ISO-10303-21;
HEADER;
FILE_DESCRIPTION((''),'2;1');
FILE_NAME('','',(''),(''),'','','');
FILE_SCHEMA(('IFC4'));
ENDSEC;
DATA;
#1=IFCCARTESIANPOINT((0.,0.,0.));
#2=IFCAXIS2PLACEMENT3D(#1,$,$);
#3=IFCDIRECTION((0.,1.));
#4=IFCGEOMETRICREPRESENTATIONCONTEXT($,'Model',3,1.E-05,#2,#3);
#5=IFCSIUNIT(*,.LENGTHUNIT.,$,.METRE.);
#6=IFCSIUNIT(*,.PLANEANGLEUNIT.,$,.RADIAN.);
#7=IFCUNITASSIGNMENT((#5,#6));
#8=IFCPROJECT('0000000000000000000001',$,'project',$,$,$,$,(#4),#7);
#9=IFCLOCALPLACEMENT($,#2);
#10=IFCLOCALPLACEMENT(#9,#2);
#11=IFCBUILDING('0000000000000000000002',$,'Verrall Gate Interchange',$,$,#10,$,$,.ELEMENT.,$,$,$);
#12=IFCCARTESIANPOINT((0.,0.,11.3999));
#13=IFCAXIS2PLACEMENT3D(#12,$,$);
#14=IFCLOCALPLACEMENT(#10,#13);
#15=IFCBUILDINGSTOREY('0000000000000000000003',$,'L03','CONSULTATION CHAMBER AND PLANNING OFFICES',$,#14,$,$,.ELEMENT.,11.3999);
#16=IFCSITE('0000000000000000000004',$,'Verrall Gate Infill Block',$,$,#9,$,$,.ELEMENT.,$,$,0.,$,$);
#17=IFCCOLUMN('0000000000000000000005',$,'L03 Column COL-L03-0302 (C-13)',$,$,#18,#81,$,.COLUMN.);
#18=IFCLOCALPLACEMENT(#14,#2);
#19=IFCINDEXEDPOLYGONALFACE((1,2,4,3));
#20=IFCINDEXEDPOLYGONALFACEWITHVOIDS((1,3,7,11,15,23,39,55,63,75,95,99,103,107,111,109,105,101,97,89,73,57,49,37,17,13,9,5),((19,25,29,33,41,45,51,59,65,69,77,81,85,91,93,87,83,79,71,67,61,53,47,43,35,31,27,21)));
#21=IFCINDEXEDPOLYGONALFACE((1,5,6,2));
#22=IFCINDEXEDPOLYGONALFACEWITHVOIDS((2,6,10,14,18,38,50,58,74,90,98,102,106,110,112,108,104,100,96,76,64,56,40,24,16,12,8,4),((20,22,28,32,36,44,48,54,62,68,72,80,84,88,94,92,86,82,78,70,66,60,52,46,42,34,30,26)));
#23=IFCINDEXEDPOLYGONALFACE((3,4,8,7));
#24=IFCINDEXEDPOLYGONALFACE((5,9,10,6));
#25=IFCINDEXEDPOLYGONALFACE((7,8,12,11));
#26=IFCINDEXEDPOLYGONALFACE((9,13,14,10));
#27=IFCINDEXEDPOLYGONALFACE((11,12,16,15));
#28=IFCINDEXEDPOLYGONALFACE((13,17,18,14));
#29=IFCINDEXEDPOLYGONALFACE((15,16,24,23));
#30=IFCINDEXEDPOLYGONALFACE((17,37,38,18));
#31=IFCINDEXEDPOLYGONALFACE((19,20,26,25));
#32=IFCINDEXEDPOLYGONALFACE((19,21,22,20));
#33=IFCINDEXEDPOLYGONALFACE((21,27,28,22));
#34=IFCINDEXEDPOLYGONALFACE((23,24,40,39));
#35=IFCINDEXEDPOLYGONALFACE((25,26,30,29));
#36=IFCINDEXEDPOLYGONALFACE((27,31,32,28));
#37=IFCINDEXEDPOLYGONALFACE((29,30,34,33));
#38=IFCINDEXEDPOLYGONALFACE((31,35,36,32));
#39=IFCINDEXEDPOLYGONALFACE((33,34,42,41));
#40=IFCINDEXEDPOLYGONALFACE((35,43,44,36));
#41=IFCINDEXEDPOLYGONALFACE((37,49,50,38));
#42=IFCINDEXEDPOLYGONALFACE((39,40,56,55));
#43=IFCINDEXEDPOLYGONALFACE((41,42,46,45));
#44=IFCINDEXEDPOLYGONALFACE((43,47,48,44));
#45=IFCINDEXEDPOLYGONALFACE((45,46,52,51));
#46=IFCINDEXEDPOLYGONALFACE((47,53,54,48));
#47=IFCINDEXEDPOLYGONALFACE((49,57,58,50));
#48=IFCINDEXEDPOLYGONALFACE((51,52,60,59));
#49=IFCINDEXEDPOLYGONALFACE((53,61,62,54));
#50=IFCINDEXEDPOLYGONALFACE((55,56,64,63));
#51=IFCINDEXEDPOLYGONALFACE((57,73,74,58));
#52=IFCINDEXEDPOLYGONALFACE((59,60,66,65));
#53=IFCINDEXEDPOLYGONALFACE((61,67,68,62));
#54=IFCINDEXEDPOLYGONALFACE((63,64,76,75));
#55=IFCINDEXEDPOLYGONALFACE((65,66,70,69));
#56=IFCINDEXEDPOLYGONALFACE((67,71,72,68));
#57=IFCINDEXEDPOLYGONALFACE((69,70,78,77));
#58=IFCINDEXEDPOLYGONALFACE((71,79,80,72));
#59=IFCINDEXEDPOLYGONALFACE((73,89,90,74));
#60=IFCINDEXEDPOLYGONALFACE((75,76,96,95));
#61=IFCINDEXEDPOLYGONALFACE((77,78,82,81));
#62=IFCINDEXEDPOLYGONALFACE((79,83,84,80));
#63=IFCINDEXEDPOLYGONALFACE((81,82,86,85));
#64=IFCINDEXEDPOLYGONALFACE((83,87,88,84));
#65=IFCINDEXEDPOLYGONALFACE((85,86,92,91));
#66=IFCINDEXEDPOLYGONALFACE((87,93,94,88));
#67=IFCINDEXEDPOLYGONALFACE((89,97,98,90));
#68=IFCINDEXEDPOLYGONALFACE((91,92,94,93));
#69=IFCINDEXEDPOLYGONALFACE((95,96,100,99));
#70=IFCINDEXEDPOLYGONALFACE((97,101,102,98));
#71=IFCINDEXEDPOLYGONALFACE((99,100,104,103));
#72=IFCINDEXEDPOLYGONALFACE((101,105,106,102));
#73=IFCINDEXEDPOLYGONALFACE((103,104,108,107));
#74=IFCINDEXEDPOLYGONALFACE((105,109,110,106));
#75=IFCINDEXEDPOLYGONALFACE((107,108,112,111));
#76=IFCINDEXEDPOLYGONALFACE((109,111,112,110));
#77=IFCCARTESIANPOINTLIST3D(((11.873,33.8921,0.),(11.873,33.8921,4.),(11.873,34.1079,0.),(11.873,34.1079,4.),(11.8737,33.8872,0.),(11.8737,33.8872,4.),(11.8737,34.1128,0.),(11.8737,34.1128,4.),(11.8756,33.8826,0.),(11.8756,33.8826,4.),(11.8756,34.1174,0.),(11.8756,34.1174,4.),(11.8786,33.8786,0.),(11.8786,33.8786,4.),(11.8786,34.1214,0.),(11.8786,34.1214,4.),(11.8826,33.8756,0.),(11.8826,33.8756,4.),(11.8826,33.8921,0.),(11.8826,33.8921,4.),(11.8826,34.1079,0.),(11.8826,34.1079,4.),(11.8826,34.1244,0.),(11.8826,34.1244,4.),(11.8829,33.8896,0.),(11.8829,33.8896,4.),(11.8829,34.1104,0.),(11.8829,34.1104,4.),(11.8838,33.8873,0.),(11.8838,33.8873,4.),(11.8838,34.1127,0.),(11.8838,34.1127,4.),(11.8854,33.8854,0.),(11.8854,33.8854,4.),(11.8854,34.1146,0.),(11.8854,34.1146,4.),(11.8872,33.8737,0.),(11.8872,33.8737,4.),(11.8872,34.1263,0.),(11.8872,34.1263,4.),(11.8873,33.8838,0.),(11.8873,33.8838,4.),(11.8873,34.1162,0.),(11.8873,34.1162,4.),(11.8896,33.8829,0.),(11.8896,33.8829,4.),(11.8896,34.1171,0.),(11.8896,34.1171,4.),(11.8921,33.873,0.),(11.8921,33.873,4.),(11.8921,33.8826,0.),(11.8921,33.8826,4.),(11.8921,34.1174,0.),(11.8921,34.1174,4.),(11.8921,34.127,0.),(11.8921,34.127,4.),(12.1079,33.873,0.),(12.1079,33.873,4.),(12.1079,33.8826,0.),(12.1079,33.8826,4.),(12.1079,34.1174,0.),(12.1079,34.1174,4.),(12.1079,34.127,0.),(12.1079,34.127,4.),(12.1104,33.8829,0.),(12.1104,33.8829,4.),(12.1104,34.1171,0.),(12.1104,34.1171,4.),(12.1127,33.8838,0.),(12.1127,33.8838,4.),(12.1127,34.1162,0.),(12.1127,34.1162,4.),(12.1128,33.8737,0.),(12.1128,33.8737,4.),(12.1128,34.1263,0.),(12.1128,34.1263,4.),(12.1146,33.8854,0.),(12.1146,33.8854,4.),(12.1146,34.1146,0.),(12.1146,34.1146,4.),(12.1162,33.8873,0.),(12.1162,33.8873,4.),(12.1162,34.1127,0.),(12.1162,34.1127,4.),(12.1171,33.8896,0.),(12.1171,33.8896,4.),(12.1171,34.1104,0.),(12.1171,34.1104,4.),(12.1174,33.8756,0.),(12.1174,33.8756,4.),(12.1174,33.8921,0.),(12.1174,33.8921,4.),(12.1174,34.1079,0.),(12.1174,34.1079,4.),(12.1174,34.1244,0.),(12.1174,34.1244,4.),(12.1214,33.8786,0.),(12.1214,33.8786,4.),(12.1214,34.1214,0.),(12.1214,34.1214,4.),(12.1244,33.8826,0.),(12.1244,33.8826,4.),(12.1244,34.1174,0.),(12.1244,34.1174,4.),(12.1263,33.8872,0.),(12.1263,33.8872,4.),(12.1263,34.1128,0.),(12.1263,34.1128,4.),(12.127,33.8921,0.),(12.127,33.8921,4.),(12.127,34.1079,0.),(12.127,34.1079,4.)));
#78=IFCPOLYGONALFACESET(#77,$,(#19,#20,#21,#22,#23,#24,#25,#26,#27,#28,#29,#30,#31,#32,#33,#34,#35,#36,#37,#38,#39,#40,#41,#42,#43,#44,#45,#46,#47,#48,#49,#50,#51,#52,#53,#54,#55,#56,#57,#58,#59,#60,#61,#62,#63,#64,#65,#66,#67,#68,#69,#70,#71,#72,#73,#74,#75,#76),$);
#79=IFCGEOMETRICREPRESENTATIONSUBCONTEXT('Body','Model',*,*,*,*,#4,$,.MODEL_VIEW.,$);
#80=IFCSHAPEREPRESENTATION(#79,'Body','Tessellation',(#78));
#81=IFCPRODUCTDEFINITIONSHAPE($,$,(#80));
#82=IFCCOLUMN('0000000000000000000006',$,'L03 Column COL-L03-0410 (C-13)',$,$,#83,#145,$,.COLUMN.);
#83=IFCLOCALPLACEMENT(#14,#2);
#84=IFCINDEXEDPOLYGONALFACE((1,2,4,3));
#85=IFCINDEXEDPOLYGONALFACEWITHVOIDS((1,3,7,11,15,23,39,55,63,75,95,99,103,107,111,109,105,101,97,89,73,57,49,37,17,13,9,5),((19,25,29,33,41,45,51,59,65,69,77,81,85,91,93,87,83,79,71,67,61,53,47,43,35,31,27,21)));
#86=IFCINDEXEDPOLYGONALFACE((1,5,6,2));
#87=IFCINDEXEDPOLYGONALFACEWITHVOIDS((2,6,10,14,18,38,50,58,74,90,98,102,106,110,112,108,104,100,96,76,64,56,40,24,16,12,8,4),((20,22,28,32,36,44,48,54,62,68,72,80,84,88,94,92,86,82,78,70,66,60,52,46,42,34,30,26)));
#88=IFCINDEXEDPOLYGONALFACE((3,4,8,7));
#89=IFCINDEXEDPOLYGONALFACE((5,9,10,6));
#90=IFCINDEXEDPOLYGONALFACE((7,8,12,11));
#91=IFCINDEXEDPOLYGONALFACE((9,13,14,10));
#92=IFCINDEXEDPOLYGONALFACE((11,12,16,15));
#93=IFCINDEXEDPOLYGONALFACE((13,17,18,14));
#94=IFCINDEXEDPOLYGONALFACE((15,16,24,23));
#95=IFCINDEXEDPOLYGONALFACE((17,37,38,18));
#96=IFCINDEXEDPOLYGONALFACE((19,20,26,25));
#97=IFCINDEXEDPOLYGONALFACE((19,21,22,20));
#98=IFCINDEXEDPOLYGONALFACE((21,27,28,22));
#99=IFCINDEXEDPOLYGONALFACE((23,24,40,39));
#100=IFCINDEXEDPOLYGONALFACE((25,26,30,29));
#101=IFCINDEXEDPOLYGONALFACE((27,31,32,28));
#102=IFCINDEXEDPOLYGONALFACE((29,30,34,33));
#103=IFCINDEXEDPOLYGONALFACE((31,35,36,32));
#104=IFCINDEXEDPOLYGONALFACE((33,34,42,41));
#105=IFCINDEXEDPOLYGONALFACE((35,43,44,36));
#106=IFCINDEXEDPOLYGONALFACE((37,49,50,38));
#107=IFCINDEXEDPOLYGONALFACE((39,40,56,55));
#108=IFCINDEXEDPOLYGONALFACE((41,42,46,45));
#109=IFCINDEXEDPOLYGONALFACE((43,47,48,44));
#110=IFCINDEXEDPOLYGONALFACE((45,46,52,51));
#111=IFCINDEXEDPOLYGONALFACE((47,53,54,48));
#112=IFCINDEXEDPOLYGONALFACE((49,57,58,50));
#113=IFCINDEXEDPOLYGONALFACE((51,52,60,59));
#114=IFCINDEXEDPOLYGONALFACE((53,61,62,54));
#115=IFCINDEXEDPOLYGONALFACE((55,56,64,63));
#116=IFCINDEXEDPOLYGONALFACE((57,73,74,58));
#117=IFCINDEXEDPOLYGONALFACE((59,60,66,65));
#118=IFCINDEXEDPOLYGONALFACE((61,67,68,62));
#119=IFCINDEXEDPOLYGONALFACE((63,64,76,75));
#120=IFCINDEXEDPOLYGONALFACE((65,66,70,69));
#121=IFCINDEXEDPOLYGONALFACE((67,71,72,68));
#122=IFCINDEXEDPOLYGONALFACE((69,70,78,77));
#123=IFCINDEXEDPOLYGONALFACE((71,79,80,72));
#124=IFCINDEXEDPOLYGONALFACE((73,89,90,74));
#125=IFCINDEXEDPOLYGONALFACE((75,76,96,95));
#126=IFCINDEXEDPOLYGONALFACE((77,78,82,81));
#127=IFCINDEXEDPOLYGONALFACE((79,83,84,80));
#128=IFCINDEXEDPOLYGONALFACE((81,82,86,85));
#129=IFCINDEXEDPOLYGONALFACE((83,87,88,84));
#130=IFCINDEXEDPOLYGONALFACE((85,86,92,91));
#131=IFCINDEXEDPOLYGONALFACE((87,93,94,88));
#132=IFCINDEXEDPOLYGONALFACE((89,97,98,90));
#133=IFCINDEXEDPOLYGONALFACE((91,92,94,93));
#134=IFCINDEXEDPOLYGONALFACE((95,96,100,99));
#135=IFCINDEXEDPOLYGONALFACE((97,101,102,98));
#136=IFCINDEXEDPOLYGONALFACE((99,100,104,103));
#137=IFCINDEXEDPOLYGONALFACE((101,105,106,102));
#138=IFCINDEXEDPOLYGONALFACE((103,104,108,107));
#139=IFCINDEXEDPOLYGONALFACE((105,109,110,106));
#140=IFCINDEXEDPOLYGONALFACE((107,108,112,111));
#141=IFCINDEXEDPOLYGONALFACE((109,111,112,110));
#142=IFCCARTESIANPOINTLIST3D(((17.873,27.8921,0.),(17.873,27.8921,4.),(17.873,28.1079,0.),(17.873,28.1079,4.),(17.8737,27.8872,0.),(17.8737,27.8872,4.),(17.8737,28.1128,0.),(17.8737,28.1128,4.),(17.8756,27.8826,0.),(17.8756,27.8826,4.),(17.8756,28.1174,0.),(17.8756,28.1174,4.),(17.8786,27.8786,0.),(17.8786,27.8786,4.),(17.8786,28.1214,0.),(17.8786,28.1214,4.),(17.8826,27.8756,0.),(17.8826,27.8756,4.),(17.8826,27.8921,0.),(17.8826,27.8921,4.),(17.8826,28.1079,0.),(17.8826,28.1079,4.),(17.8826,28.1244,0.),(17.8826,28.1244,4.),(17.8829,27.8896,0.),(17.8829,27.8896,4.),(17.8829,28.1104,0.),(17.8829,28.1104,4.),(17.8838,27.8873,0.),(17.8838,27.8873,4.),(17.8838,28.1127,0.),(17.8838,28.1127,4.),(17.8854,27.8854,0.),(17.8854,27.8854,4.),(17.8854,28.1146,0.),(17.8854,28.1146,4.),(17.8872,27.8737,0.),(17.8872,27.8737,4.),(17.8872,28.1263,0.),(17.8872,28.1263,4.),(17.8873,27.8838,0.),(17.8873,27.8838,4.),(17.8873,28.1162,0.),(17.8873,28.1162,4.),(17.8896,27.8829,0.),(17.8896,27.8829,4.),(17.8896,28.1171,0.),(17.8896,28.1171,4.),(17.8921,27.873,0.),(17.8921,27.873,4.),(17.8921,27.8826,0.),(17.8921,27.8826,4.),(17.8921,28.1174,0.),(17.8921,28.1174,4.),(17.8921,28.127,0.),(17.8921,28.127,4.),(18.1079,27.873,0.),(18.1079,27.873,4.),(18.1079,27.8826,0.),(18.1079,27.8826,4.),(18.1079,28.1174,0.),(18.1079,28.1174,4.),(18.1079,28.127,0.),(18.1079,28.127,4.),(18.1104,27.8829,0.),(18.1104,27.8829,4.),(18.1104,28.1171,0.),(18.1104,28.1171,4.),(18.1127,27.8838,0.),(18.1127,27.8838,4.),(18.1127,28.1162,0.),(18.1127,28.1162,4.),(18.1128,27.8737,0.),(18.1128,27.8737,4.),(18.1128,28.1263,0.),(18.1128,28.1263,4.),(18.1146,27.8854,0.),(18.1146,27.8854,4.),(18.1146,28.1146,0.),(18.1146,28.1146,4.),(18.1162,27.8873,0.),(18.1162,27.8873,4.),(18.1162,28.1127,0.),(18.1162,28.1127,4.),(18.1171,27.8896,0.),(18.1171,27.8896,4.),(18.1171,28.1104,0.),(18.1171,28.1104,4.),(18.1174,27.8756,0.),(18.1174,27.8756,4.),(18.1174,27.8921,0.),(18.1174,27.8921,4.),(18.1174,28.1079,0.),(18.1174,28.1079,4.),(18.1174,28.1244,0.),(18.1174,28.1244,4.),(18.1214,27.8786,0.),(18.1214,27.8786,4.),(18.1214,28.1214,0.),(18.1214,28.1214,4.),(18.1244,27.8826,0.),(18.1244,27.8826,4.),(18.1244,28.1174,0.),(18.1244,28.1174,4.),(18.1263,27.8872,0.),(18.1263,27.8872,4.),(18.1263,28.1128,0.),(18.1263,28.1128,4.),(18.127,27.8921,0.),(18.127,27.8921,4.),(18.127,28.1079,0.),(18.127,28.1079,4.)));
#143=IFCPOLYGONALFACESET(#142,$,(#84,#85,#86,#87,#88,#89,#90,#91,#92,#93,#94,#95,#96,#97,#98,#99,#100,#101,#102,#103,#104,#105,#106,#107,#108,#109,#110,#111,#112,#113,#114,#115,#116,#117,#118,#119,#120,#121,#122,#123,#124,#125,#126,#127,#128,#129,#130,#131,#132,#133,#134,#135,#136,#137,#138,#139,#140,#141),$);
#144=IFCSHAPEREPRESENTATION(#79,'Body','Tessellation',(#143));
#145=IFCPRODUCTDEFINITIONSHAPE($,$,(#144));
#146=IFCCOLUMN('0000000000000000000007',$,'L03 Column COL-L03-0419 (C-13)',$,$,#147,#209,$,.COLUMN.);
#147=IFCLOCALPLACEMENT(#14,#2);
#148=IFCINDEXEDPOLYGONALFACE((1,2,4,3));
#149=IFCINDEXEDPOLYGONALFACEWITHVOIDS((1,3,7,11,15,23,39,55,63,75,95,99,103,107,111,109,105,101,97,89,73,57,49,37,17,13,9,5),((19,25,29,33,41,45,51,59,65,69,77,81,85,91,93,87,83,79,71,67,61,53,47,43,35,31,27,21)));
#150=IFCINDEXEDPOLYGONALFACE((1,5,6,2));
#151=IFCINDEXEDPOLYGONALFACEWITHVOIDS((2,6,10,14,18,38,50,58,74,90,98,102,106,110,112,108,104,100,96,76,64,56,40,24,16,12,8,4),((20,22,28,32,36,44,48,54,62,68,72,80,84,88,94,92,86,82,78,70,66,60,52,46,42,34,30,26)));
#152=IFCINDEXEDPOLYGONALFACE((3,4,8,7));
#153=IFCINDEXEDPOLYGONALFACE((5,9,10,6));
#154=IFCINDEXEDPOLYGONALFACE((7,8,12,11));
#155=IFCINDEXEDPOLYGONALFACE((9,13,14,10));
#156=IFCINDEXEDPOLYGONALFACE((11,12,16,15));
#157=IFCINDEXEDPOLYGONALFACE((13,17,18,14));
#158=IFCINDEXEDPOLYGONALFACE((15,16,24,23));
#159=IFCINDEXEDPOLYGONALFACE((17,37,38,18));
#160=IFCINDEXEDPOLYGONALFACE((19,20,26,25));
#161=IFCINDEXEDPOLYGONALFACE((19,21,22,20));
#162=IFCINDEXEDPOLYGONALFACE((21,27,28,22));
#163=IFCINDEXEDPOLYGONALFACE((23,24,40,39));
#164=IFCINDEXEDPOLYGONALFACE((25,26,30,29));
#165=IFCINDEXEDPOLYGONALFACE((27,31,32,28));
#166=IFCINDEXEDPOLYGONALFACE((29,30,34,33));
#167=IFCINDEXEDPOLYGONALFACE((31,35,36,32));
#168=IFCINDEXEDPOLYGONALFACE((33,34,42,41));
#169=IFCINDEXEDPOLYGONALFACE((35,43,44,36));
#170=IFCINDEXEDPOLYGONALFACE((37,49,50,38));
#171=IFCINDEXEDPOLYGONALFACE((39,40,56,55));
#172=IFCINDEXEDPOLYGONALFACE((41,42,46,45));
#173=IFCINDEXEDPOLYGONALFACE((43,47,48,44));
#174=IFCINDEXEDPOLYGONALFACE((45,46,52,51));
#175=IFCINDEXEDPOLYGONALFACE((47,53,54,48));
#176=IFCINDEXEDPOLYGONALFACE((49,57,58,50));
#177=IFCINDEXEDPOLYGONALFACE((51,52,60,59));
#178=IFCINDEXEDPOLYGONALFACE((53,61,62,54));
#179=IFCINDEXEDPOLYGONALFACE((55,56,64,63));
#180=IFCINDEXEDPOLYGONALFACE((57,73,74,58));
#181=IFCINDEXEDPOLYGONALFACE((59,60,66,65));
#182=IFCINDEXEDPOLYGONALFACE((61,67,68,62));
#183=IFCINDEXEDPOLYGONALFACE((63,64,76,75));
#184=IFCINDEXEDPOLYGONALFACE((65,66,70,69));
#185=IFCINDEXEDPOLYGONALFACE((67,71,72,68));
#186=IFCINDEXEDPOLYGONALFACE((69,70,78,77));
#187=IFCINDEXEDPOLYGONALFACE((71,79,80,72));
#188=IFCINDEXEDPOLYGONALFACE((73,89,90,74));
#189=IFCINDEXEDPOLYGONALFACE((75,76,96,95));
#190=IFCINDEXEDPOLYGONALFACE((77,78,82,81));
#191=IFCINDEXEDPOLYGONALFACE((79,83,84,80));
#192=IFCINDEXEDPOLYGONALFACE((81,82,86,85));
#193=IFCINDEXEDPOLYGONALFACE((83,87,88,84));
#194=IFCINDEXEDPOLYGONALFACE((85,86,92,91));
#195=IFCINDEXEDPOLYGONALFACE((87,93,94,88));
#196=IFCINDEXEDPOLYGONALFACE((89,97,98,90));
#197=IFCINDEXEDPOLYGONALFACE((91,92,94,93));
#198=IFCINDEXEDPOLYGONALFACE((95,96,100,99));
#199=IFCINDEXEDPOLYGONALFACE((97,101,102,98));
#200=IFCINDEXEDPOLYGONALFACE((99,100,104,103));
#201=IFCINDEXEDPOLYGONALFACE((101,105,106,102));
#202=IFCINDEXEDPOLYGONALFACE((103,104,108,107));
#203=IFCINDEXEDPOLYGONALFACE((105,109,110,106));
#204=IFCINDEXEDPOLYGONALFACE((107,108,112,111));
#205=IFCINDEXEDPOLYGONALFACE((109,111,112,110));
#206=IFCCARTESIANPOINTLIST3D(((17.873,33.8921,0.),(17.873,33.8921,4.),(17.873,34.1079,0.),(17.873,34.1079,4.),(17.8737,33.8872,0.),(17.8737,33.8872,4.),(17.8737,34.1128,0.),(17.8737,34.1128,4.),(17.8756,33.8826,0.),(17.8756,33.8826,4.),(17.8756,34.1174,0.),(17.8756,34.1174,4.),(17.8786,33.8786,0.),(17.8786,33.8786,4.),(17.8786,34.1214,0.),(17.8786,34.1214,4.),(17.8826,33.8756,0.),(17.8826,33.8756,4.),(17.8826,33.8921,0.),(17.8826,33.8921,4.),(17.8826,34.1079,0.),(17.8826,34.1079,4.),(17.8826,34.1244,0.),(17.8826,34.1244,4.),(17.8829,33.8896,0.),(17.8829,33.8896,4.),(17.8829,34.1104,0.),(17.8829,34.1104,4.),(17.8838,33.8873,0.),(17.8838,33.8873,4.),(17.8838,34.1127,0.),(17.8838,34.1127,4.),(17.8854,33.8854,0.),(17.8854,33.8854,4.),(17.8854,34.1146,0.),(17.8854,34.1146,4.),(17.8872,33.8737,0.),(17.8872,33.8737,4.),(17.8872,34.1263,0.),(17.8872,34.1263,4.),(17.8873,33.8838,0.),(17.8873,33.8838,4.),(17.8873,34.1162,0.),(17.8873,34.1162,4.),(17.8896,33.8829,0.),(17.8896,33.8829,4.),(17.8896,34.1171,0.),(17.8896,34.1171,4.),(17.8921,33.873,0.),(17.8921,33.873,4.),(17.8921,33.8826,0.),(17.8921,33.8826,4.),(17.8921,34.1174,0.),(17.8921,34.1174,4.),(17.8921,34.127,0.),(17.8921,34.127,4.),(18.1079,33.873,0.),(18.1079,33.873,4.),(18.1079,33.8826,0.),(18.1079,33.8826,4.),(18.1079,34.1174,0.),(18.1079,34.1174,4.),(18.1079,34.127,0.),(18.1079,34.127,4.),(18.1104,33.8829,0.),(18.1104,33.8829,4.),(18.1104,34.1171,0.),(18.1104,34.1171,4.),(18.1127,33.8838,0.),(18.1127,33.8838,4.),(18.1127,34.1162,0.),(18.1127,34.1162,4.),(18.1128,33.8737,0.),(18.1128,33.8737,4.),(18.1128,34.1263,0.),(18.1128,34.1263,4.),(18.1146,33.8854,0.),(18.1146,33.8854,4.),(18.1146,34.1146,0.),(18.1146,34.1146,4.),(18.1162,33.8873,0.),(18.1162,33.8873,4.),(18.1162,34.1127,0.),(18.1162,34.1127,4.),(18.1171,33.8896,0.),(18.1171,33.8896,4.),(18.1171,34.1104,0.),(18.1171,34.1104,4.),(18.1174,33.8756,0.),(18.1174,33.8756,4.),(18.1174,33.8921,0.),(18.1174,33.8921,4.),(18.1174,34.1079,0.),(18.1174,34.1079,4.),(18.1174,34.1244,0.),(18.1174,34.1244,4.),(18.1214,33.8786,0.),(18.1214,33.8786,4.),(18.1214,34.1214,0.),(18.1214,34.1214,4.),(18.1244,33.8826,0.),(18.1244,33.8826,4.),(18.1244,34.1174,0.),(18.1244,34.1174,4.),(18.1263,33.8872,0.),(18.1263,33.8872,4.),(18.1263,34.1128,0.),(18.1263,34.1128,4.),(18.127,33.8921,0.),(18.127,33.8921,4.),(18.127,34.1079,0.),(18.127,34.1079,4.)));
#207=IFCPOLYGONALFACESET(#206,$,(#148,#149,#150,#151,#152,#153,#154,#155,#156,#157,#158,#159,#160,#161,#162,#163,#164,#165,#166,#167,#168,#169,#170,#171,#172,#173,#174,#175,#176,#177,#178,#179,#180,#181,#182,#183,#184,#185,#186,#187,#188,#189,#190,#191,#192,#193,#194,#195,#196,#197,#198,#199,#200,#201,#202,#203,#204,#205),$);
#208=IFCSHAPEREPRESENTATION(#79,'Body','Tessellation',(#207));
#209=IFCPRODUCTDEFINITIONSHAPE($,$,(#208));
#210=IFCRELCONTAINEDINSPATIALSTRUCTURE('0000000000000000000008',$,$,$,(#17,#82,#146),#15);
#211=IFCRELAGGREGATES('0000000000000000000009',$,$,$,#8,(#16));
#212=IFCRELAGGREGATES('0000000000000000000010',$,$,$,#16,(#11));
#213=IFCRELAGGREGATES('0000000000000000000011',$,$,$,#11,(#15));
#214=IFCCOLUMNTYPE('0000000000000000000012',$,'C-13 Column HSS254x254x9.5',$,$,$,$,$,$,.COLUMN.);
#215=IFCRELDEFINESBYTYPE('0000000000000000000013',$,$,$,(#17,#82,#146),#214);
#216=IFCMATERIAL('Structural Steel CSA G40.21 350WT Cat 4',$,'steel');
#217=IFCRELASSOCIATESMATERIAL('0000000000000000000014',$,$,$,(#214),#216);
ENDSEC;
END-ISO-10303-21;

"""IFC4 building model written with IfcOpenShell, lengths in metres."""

from ifc_helpers import new_model, si_unit, direction, frame, origin, origin_2d, place, context, subcontext, project, spatial, hollow_rectangle, extrude, material, material_profile, profile_set, type_object, element, save


model = new_model("IFC4")

# Units and contexts
model_context = context("Model", 3, precision=1e-05, world=origin(), true_north=direction((0.0, 1.0)))
body_context = subcontext(model_context, "Body", "Model", "MODEL_VIEW")
ifc_project = project(units=[si_unit("LENGTHUNIT", "METRE"), si_unit("PLANEANGLEUNIT", "RADIAN")], contexts=[model_context])

# Site, building, storey
site_placement = place(None, origin())
site = spatial("IfcSite", under=ifc_project, at=site_placement, Name="Verrall Gate Infill Block", CompositionType="ELEMENT", RefElevation=0.0)
building_placement = place(site_placement, origin())
building = spatial("IfcBuilding", under=site, at=building_placement, Name="Verrall Gate Interchange", CompositionType="ELEMENT")
storey_placement = place(building_placement, frame((0.0, 0.0, 11.3999)))
storey = spatial("IfcBuildingStorey", under=building, at=storey_placement, Name="L03", Description="CONSULTATION CHAMBER AND PLANNING OFFICES", CompositionType="ELEMENT", Elevation=11.3999)

# Columns
ifc_material_1 = material(Name="Structural Steel CSA G40.21 350WT Cat 4", Category="steel")
ifc_material_profile_1 = material_profile(ifc_material_1, hollow_rectangle(XDim=0.2539, YDim=0.2539, WallThickness=0.0095, InnerFilletRadius=0.0095, OuterFilletRadius=0.019, at=origin_2d()), Name="HSS254x254x9.5")
ifc_profile_set_1 = profile_set([ifc_material_profile_1], Name="Structural Steel CSA G40.21 350WT Cat 4")
column_type = type_object("IfcColumnType", Name="C-13 Column HSS254x254x9.5", PredefinedType="COLUMN", material=ifc_profile_set_1)
for number, where, z_axis, x_axis, name in (
    (1, (12.0, 34.0, 0.0), (0.0, 0.0, 1.0), (1.0, 0.0, 0.0), "L03 Column COL-L03-0302 (C-13)"),
    (2, (18.0, 28.0, 0.0), (0.0, 0.0, 1.0), (1.0, 0.0, 0.0), "L03 Column COL-L03-0410 (C-13)"),
    (3, (18.0, 34.0, 0.0), (0.0, 0.0, 1.0), (1.0, 0.0, 0.0), "L03 Column COL-L03-0419 (C-13)"),
):
    element("IfcColumn", number, at=place(storey_placement, frame(where, z_axis=z_axis, x_axis=x_axis)), inside=storey, type_object=column_type, Name=name, PredefinedType="COLUMN", context=body_context, shape_type="SweptSolid", body=[
        extrude(hollow_rectangle(XDim=0.2539, YDim=0.2539, WallThickness=0.0095, InnerFilletRadius=0.0095, OuterFilletRadius=0.019, at=origin_2d()), origin(), (0.0, 0.0, 1.0), 4.0),
    ])

save(model, "model.ifc")
